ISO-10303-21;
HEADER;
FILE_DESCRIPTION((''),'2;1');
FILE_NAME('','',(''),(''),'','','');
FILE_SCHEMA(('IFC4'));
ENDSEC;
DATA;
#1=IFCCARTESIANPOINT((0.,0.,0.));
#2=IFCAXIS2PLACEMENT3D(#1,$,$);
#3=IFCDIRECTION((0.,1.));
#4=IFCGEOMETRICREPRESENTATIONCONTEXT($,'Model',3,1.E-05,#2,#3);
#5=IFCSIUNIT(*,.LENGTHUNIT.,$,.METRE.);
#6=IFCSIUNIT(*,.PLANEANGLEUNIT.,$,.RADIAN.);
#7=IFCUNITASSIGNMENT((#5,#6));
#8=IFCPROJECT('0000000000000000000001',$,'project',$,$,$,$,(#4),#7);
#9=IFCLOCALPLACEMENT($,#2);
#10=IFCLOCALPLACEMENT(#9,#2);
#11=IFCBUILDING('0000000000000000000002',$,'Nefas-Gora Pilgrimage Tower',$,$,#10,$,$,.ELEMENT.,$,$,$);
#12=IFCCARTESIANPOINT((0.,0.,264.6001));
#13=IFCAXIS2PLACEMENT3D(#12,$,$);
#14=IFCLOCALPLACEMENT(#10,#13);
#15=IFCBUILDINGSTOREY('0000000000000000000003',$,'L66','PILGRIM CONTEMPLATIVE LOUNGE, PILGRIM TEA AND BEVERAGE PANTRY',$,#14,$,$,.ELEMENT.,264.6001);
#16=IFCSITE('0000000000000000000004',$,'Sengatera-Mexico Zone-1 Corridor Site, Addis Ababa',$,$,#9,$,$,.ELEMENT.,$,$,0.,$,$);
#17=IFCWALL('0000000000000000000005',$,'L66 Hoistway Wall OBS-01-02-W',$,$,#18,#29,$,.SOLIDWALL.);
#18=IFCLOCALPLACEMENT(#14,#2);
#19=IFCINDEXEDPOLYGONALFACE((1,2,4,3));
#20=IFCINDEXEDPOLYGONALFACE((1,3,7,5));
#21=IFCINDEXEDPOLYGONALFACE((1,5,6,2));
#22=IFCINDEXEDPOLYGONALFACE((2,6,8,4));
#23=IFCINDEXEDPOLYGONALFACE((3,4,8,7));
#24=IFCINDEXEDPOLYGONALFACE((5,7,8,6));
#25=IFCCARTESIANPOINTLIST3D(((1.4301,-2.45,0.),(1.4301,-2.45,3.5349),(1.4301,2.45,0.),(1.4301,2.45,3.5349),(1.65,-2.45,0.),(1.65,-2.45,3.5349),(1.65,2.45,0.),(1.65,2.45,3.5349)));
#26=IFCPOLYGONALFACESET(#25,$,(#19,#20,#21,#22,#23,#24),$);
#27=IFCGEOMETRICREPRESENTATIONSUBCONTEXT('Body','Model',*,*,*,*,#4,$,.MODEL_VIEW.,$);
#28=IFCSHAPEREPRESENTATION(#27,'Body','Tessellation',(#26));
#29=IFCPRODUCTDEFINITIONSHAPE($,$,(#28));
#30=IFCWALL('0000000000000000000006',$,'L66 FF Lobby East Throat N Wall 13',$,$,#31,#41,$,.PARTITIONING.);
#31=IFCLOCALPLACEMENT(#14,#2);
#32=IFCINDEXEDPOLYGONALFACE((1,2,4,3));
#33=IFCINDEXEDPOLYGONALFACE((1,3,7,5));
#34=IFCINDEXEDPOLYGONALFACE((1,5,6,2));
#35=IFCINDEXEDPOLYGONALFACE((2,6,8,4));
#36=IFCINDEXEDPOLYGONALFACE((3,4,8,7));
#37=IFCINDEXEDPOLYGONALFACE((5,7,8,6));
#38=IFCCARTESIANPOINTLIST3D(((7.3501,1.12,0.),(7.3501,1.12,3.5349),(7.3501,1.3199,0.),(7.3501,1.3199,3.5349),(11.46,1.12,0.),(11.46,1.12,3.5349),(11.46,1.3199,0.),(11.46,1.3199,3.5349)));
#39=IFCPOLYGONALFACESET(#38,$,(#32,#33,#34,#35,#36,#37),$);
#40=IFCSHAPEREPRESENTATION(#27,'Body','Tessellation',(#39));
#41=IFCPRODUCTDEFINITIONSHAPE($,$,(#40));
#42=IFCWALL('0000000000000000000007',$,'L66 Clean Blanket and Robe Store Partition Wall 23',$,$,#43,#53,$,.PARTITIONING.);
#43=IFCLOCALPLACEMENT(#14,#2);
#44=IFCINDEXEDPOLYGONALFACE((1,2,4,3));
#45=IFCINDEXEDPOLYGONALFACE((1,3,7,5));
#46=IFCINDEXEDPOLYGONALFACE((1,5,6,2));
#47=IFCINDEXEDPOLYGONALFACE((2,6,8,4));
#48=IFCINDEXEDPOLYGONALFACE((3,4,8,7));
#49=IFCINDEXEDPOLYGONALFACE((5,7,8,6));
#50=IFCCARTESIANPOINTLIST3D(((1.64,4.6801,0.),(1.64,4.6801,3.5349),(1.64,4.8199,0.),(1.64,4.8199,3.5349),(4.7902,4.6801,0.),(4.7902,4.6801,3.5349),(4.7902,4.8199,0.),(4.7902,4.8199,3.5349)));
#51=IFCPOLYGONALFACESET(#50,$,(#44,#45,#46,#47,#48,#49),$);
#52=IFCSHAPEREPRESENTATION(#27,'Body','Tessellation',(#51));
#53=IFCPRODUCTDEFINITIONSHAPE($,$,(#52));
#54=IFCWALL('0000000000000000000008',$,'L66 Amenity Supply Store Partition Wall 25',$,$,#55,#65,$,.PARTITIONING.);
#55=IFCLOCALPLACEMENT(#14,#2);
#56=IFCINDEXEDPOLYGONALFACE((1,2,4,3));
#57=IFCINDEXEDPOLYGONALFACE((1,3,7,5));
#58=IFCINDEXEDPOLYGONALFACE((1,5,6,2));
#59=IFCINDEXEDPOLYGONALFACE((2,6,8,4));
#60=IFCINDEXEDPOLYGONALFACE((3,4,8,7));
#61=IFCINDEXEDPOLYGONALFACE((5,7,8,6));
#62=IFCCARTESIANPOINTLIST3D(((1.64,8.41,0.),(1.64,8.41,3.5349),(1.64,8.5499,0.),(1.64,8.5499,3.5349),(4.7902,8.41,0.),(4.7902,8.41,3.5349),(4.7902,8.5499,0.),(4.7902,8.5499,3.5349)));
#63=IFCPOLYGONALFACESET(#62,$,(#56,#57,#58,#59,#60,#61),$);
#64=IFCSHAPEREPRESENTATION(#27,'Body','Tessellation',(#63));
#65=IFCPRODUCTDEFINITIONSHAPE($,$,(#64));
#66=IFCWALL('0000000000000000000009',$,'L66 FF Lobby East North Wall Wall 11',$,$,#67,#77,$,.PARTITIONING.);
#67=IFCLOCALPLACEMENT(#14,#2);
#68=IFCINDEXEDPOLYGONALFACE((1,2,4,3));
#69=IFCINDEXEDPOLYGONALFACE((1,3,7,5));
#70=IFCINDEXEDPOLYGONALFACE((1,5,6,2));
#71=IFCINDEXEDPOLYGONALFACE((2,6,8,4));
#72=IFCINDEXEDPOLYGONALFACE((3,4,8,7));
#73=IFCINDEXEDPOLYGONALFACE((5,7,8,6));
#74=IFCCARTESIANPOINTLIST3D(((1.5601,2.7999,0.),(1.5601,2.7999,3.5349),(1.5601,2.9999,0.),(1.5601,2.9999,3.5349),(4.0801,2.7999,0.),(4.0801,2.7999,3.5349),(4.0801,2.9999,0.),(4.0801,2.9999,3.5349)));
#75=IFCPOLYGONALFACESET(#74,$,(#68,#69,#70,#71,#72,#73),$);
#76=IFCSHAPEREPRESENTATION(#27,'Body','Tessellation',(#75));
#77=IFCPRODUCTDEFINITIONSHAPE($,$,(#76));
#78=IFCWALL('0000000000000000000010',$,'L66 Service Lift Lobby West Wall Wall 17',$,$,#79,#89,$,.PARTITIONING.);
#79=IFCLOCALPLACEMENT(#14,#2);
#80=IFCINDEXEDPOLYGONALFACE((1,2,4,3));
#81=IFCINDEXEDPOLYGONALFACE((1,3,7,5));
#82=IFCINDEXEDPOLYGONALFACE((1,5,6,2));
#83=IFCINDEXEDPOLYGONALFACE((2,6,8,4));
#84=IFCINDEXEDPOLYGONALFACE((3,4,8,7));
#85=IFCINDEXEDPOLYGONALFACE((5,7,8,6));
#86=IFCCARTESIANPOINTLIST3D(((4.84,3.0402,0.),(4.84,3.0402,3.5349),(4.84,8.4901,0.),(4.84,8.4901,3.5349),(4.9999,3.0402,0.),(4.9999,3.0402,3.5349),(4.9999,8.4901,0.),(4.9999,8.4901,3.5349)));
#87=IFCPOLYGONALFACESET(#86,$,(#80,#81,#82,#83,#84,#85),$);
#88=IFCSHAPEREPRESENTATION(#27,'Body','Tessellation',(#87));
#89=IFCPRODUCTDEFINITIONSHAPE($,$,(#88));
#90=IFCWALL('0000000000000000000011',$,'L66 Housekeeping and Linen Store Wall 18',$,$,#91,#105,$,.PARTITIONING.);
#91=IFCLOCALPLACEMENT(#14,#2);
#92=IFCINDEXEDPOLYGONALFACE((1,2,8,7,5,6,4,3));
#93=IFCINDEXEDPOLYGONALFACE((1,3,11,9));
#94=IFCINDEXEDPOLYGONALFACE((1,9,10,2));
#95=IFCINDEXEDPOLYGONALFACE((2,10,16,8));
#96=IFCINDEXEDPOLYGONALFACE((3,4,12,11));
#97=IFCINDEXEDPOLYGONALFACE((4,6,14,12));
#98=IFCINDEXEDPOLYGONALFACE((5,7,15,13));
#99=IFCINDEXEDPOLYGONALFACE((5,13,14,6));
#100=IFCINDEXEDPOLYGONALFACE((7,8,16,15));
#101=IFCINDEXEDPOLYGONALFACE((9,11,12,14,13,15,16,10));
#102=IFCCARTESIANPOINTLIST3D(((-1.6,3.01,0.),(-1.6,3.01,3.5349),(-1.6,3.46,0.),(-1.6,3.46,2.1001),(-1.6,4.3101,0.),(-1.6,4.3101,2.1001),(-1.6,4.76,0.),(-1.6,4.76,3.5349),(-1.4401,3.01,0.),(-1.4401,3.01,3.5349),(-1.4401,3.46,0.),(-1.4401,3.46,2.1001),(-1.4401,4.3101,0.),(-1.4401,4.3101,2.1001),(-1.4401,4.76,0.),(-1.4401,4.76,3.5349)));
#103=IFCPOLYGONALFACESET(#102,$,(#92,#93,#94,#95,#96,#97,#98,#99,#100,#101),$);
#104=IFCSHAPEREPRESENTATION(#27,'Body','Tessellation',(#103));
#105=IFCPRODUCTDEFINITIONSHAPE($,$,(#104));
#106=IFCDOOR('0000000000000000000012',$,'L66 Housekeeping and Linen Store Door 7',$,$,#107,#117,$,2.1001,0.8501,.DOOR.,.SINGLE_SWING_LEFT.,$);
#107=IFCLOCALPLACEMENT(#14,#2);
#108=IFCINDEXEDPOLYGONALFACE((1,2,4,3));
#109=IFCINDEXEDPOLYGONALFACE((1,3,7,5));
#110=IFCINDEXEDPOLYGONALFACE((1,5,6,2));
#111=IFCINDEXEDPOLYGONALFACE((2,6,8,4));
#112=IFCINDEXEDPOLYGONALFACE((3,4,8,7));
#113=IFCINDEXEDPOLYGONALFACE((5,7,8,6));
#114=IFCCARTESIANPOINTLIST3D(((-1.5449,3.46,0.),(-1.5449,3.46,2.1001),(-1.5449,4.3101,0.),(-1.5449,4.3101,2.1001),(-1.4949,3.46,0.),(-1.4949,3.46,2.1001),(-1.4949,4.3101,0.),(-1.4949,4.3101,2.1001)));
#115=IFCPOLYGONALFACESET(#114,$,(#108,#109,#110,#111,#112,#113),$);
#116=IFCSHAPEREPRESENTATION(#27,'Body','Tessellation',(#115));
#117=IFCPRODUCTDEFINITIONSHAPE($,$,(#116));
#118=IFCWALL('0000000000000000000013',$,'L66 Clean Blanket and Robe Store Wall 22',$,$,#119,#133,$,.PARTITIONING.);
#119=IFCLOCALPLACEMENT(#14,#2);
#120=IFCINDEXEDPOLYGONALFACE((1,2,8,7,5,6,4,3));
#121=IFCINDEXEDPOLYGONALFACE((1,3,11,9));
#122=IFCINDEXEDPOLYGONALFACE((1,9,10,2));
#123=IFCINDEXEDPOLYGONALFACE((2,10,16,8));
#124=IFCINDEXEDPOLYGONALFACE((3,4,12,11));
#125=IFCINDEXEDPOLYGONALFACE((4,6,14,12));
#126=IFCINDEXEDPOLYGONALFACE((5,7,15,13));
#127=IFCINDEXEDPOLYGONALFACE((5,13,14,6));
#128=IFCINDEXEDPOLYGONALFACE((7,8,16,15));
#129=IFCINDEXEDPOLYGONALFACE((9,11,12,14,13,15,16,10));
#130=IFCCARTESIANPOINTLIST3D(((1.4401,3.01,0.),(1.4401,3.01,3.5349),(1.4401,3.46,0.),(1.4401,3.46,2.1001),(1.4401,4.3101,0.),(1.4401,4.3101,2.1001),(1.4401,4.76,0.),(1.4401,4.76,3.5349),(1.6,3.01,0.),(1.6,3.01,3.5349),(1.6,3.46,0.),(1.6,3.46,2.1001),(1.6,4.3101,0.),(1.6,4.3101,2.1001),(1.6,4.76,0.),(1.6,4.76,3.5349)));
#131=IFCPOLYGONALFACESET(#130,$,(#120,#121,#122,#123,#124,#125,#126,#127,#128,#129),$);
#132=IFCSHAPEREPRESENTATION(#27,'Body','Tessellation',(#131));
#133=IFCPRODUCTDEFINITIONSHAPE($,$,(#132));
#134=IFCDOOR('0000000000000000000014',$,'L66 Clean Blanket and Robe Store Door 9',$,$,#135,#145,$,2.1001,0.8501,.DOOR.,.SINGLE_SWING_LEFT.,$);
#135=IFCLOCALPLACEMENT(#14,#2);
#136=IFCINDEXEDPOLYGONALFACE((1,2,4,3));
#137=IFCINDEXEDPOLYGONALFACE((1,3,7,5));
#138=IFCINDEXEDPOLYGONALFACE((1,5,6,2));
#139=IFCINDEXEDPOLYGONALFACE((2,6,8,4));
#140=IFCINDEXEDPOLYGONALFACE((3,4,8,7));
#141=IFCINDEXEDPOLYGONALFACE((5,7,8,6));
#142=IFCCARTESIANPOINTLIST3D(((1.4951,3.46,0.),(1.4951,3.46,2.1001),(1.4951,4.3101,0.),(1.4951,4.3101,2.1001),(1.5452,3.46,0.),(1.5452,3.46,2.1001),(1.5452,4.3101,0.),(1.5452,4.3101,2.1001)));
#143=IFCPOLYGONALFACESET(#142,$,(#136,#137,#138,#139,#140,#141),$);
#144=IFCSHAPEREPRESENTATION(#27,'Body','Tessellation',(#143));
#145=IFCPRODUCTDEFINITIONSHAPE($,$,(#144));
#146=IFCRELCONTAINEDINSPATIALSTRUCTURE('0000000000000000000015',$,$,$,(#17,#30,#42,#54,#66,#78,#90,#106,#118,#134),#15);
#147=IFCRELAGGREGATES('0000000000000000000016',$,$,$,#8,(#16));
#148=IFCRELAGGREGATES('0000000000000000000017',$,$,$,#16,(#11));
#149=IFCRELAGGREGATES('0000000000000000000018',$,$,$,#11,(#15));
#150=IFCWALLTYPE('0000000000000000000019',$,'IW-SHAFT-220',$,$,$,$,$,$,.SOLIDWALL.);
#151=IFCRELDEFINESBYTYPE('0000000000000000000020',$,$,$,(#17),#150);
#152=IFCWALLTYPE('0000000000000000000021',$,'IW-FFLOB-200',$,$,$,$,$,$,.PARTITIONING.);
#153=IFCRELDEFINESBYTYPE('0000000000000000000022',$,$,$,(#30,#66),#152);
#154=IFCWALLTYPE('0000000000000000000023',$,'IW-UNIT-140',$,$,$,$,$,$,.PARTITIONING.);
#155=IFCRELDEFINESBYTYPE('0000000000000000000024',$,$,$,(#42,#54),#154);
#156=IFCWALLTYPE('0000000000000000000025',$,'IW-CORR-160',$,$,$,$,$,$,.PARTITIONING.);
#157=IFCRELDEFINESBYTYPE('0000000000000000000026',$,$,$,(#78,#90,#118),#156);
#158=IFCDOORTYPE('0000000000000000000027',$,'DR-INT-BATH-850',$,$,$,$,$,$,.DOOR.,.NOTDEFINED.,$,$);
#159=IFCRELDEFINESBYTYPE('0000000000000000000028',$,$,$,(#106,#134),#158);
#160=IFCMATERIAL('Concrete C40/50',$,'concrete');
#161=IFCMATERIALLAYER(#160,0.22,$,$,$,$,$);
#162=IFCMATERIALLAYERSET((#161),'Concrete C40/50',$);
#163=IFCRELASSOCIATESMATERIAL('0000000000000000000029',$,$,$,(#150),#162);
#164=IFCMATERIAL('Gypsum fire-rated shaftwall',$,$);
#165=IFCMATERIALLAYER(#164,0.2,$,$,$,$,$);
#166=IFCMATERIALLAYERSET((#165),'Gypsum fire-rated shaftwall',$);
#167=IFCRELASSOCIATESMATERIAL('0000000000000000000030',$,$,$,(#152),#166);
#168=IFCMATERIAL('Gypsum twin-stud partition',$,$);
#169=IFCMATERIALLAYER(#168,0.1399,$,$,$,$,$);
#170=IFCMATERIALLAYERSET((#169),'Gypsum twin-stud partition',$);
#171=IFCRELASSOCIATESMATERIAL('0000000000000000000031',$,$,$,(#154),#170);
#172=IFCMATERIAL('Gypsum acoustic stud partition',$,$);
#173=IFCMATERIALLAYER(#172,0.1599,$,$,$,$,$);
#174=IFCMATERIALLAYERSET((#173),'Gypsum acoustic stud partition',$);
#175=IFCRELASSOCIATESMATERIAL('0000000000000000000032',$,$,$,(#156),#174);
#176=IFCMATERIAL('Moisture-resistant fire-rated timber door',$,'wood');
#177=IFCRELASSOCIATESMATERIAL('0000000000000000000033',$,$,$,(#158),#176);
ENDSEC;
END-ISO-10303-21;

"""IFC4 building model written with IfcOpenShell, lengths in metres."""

from ifc_helpers import new_model, si_unit, direction, frame, frame_2d, origin, place, context, subcontext, project, spatial, rectangle, extrude, source, transform, mapped, material, layer, layer_set, type_object, element, fill, save


model = new_model("IFC4")

# Units and contexts
model_context = context("Model", 3, precision=1e-05, world=origin(), true_north=direction((0.0, 1.0)))
body_context = subcontext(model_context, "Body", "Model", "MODEL_VIEW")
ifc_project = project(units=[si_unit("LENGTHUNIT", "METRE"), si_unit("PLANEANGLEUNIT", "RADIAN")], contexts=[model_context])

# Site, building, storey
site_placement = place(None, origin())
site = spatial("IfcSite", under=ifc_project, at=site_placement, Name="Sengatera-Mexico Zone-1 Corridor Site, Addis Ababa", CompositionType="ELEMENT", RefElevation=0.0)
building_placement = place(site_placement, origin())
building = spatial("IfcBuilding", under=site, at=building_placement, Name="Nefas-Gora Pilgrimage Tower", CompositionType="ELEMENT")
storey_placement = place(building_placement, frame((0.0, 0.0, 264.6001)))
storey = spatial("IfcBuildingStorey", under=building, at=storey_placement, Name="L66", Description="PILGRIM CONTEMPLATIVE LOUNGE, PILGRIM TEA AND BEVERAGE PANTRY", CompositionType="ELEMENT", Elevation=264.6001)

# Shared definitions
ifc_material_1 = material(Name="Concrete C40/50", Category="concrete")

# Shared definitions
ifc_layer_1 = layer(ifc_material_1, 0.22)
ifc_layer_set_1 = layer_set([ifc_layer_1], Name="Concrete C40/50")
wall_type_1 = type_object("IfcWallType", Name="IW-SHAFT-220", PredefinedType="SOLIDWALL", material=ifc_layer_set_1)

# Wall
shared_shape_1 = source(origin(), body_context, "Body", "SweptSolid", [
    extrude(rectangle(XDim=4.8999, YDim=0.22, at=frame_2d((2.45, 0.0))), origin(), (0.0, 0.0, 1.0), 3.5349),
])
wall_1_placement = place(storey_placement, frame((1.54, 2.45, 0.0), z_axis=(0.0, 0.0, 1.0), x_axis=(0.0, -1.0, 0.0)))
element("IfcWall", 1, at=wall_1_placement, inside=storey, type_object=wall_type_1, Name="L66 Hoistway Wall OBS-01-02-W", PredefinedType="SOLIDWALL", context=body_context, shape_type="MappedRepresentation", body=[
    mapped(shared_shape_1, transform((0.0, 0.0, 0.0), x_axis=(1.0, 0.0, 0.0), y_axis=(0.0, 1.0, 0.0), z_axis=(0.0, 0.0, 1.0), scale=1.0)),
])

# Shared definitions
ifc_material_2 = material(Name="Gypsum fire-rated shaftwall")
ifc_layer_2 = layer(ifc_material_2, 0.2)
ifc_layer_set_2 = layer_set([ifc_layer_2], Name="Gypsum fire-rated shaftwall")
wall_type_2 = type_object("IfcWallType", Name="IW-FFLOB-200", PredefinedType="PARTITIONING", material=ifc_layer_set_2)

# Walls
shared_shape_2 = source(origin(), body_context, "Body", "SweptSolid", [
    extrude(rectangle(XDim=4.1099, YDim=0.2, at=frame_2d((2.0549, 0.0))), origin(), (0.0, 0.0, 1.0), 3.5349),
])
wall_2_placement = place(storey_placement, frame((7.3501, 1.22, 0.0), z_axis=(0.0, 0.0, 1.0), x_axis=(1.0, 0.0, 0.0)))
element("IfcWall", 2, at=wall_2_placement, inside=storey, type_object=wall_type_2, Name="L66 FF Lobby East Throat N Wall 13", PredefinedType="PARTITIONING", context=body_context, shape_type="MappedRepresentation", body=[
    mapped(shared_shape_2, transform((0.0, 0.0, 0.0), x_axis=(1.0, 0.0, 0.0), y_axis=(0.0, 1.0, 0.0), z_axis=(0.0, 0.0, 1.0), scale=1.0)),
])
ifc_material_3 = material(Name="Gypsum twin-stud partition")
ifc_layer_3 = layer(ifc_material_3, 0.1399)
ifc_layer_set_3 = layer_set([ifc_layer_3], Name="Gypsum twin-stud partition")
wall_type_3 = type_object("IfcWallType", Name="IW-UNIT-140", PredefinedType="PARTITIONING", material=ifc_layer_set_3)
shared_shape_3 = source(origin(), body_context, "Body", "SweptSolid", [
    extrude(rectangle(XDim=3.1501, YDim=0.1399, at=frame_2d((1.5752, 0.0))), origin(), (0.0, 0.0, 1.0), 3.5349),
])
for number, where, z_axis, x_axis, name in (
    (3, (1.6399, 4.75, 0.0), (0.0, 0.0, 1.0), (1.0, 0.0, 0.0), "L66 Clean Blanket and Robe Store Partition Wall 23"),
    (4, (1.6399, 8.48, 0.0), (0.0, 0.0, 1.0), (1.0, 0.0, 0.0), "L66 Amenity Supply Store Partition Wall 25"),
):
    element("IfcWall", number, at=place(storey_placement, frame(where, z_axis=z_axis, x_axis=x_axis)), inside=storey, type_object=wall_type_3, Name=name, PredefinedType="PARTITIONING", context=body_context, shape_type="MappedRepresentation", body=[
        mapped(shared_shape_3, transform((0.0, 0.0, 0.0), x_axis=(1.0, 0.0, 0.0), y_axis=(0.0, 1.0, 0.0), z_axis=(0.0, 0.0, 1.0), scale=1.0)),
    ])
shared_shape_4 = source(origin(), body_context, "Body", "SweptSolid", [
    extrude(rectangle(XDim=2.52, YDim=0.2, at=frame_2d((1.26, 0.0))), origin(), (0.0, 0.0, 1.0), 3.5349),
])
wall_3_placement = place(storey_placement, frame((1.5601, 2.8999, 0.0), z_axis=(0.0, 0.0, 1.0), x_axis=(1.0, 0.0, 0.0)))
element("IfcWall", 5, at=wall_3_placement, inside=storey, type_object=wall_type_2, Name="L66 FF Lobby East North Wall Wall 11", PredefinedType="PARTITIONING", context=body_context, shape_type="MappedRepresentation", body=[
    mapped(shared_shape_4, transform((0.0, 0.0, 0.0), x_axis=(1.0, 0.0, 0.0), y_axis=(0.0, 1.0, 0.0), z_axis=(0.0, 0.0, 1.0), scale=1.0)),
])
ifc_material_4 = material(Name="Gypsum acoustic stud partition")
ifc_layer_4 = layer(ifc_material_4, 0.1599)
ifc_layer_set_4 = layer_set([ifc_layer_4], Name="Gypsum acoustic stud partition")
wall_type_4 = type_object("IfcWallType", Name="IW-CORR-160", PredefinedType="PARTITIONING", material=ifc_layer_set_4)
shared_shape_5 = source(origin(), body_context, "Body", "SweptSolid", [
    extrude(rectangle(XDim=5.45, YDim=0.1599, at=frame_2d((2.7251, 0.0))), origin(), (0.0, 0.0, 1.0), 3.5349),
])
wall_4_placement = place(storey_placement, frame((4.9199, 3.04, 0.0), z_axis=(0.0, 0.0, 1.0), x_axis=(0.0, 1.0, 0.0)))
element("IfcWall", 6, at=wall_4_placement, inside=storey, type_object=wall_type_4, Name="L66 Service Lift Lobby West Wall Wall 17", PredefinedType="PARTITIONING", context=body_context, shape_type="MappedRepresentation", body=[
    mapped(shared_shape_5, transform((0.0, 0.0, 0.0), x_axis=(1.0, 0.0, 0.0), y_axis=(0.0, 1.0, 0.0), z_axis=(0.0, 0.0, 1.0), scale=1.0)),
])

# Walls, openings, doors
shared_shape_6 = source(origin(), body_context, "Body", "SweptSolid", [
    extrude(rectangle(XDim=1.75, YDim=0.1599, at=frame_2d((0.875, 0.0))), origin(), (0.0, 0.0, 1.0), 3.5349),
])
wall_5_placement = place(storey_placement, frame((-1.52, 3.01, 0.0), z_axis=(0.0, 0.0, 1.0), x_axis=(0.0, 1.0, 0.0)))
wall_5 = element("IfcWall", 7, at=wall_5_placement, inside=storey, type_object=wall_type_4, Name="L66 Housekeeping and Linen Store Wall 18", PredefinedType="PARTITIONING", context=body_context, shape_type="MappedRepresentation", body=[
    mapped(shared_shape_6, transform((0.0, 0.0, 0.0), x_axis=(1.0, 0.0, 0.0), y_axis=(0.0, 1.0, 0.0), z_axis=(0.0, 0.0, 1.0), scale=1.0)),
])
opening_1_placement = place(wall_5_placement, frame((0.45, 0.0, 0.0)))
opening_1 = element("IfcOpeningElement", 8, at=opening_1_placement, cuts=wall_5, PredefinedType="OPENING", context=body_context, shape_type="SweptSolid", body=[
    extrude(rectangle(XDim=0.8501, YDim=2.1001, at=frame_2d((0.425, 1.05))), frame((0.0, 0.0898, 0.0), z_axis=(0.0, -1.0, 0.0), x_axis=(1.0, 0.0, 0.0)), (0.0, 0.0, 1.0), 0.1799),
])
ifc_material_5 = material(Name="Moisture-resistant fire-rated timber door", Category="wood")
door_type_1 = type_object("IfcDoorType", Name="DR-INT-BATH-850", OperationType="NOTDEFINED", PredefinedType="DOOR", material=ifc_material_5)
shared_shape_7 = source(origin(), body_context, "Body", "SweptSolid", [
    extrude(rectangle(XDim=0.8501, YDim=2.1001, at=frame_2d((0.425, 1.05))), frame((0.0, 0.0249, 0.0), z_axis=(0.0, -1.0, 0.0), x_axis=(1.0, 0.0, 0.0)), (0.0, 0.0, 1.0), 0.05),
])
door_1_placement = place(opening_1_placement, origin())
door_1 = element("IfcDoor", 9, at=door_1_placement, inside=storey, type_object=door_type_1, Name="L66 Housekeeping and Linen Store Door 7", OperationType="SINGLE_SWING_LEFT", OverallHeight=2.1001, OverallWidth=0.8501, PredefinedType="DOOR", context=body_context, shape_type="MappedRepresentation", body=[
    mapped(shared_shape_7, transform((0.0, 0.0, 0.0), x_axis=(1.0, 0.0, 0.0), y_axis=(0.0, 1.0, 0.0), z_axis=(0.0, 0.0, 1.0), scale=1.0)),
])
fill(opening_1, door_1)
wall_6_placement = place(storey_placement, frame((1.52, 3.01, 0.0), z_axis=(0.0, 0.0, 1.0), x_axis=(0.0, 1.0, 0.0)))
wall_6 = element("IfcWall", 10, at=wall_6_placement, inside=storey, type_object=wall_type_4, Name="L66 Clean Blanket and Robe Store Wall 22", PredefinedType="PARTITIONING", context=body_context, shape_type="MappedRepresentation", body=[
    mapped(shared_shape_6, transform((0.0, 0.0, 0.0), x_axis=(1.0, 0.0, 0.0), y_axis=(0.0, 1.0, 0.0), z_axis=(0.0, 0.0, 1.0), scale=1.0)),
])
opening_2_placement = place(wall_6_placement, frame((0.45, 0.0, 0.0)))
opening_2 = element("IfcOpeningElement", 11, at=opening_2_placement, cuts=wall_6, PredefinedType="OPENING", context=body_context, shape_type="SweptSolid", body=[
    extrude(rectangle(XDim=0.8501, YDim=2.1001, at=frame_2d((0.425, 1.05))), frame((0.0, 0.0898, 0.0), z_axis=(0.0, -1.0, 0.0), x_axis=(1.0, 0.0, 0.0)), (0.0, 0.0, 1.0), 0.1799),
])
door_2_placement = place(opening_2_placement, origin())
door_2 = element("IfcDoor", 12, at=door_2_placement, inside=storey, type_object=door_type_1, Name="L66 Clean Blanket and Robe Store Door 9", OperationType="SINGLE_SWING_LEFT", OverallHeight=2.1001, OverallWidth=0.8501, PredefinedType="DOOR", context=body_context, shape_type="MappedRepresentation", body=[
    mapped(shared_shape_7, transform((0.0, 0.0, 0.0), x_axis=(1.0, 0.0, 0.0), y_axis=(0.0, 1.0, 0.0), z_axis=(0.0, 0.0, 1.0), scale=1.0)),
])
fill(opening_2, door_2)

save(model, "model.ifc")
